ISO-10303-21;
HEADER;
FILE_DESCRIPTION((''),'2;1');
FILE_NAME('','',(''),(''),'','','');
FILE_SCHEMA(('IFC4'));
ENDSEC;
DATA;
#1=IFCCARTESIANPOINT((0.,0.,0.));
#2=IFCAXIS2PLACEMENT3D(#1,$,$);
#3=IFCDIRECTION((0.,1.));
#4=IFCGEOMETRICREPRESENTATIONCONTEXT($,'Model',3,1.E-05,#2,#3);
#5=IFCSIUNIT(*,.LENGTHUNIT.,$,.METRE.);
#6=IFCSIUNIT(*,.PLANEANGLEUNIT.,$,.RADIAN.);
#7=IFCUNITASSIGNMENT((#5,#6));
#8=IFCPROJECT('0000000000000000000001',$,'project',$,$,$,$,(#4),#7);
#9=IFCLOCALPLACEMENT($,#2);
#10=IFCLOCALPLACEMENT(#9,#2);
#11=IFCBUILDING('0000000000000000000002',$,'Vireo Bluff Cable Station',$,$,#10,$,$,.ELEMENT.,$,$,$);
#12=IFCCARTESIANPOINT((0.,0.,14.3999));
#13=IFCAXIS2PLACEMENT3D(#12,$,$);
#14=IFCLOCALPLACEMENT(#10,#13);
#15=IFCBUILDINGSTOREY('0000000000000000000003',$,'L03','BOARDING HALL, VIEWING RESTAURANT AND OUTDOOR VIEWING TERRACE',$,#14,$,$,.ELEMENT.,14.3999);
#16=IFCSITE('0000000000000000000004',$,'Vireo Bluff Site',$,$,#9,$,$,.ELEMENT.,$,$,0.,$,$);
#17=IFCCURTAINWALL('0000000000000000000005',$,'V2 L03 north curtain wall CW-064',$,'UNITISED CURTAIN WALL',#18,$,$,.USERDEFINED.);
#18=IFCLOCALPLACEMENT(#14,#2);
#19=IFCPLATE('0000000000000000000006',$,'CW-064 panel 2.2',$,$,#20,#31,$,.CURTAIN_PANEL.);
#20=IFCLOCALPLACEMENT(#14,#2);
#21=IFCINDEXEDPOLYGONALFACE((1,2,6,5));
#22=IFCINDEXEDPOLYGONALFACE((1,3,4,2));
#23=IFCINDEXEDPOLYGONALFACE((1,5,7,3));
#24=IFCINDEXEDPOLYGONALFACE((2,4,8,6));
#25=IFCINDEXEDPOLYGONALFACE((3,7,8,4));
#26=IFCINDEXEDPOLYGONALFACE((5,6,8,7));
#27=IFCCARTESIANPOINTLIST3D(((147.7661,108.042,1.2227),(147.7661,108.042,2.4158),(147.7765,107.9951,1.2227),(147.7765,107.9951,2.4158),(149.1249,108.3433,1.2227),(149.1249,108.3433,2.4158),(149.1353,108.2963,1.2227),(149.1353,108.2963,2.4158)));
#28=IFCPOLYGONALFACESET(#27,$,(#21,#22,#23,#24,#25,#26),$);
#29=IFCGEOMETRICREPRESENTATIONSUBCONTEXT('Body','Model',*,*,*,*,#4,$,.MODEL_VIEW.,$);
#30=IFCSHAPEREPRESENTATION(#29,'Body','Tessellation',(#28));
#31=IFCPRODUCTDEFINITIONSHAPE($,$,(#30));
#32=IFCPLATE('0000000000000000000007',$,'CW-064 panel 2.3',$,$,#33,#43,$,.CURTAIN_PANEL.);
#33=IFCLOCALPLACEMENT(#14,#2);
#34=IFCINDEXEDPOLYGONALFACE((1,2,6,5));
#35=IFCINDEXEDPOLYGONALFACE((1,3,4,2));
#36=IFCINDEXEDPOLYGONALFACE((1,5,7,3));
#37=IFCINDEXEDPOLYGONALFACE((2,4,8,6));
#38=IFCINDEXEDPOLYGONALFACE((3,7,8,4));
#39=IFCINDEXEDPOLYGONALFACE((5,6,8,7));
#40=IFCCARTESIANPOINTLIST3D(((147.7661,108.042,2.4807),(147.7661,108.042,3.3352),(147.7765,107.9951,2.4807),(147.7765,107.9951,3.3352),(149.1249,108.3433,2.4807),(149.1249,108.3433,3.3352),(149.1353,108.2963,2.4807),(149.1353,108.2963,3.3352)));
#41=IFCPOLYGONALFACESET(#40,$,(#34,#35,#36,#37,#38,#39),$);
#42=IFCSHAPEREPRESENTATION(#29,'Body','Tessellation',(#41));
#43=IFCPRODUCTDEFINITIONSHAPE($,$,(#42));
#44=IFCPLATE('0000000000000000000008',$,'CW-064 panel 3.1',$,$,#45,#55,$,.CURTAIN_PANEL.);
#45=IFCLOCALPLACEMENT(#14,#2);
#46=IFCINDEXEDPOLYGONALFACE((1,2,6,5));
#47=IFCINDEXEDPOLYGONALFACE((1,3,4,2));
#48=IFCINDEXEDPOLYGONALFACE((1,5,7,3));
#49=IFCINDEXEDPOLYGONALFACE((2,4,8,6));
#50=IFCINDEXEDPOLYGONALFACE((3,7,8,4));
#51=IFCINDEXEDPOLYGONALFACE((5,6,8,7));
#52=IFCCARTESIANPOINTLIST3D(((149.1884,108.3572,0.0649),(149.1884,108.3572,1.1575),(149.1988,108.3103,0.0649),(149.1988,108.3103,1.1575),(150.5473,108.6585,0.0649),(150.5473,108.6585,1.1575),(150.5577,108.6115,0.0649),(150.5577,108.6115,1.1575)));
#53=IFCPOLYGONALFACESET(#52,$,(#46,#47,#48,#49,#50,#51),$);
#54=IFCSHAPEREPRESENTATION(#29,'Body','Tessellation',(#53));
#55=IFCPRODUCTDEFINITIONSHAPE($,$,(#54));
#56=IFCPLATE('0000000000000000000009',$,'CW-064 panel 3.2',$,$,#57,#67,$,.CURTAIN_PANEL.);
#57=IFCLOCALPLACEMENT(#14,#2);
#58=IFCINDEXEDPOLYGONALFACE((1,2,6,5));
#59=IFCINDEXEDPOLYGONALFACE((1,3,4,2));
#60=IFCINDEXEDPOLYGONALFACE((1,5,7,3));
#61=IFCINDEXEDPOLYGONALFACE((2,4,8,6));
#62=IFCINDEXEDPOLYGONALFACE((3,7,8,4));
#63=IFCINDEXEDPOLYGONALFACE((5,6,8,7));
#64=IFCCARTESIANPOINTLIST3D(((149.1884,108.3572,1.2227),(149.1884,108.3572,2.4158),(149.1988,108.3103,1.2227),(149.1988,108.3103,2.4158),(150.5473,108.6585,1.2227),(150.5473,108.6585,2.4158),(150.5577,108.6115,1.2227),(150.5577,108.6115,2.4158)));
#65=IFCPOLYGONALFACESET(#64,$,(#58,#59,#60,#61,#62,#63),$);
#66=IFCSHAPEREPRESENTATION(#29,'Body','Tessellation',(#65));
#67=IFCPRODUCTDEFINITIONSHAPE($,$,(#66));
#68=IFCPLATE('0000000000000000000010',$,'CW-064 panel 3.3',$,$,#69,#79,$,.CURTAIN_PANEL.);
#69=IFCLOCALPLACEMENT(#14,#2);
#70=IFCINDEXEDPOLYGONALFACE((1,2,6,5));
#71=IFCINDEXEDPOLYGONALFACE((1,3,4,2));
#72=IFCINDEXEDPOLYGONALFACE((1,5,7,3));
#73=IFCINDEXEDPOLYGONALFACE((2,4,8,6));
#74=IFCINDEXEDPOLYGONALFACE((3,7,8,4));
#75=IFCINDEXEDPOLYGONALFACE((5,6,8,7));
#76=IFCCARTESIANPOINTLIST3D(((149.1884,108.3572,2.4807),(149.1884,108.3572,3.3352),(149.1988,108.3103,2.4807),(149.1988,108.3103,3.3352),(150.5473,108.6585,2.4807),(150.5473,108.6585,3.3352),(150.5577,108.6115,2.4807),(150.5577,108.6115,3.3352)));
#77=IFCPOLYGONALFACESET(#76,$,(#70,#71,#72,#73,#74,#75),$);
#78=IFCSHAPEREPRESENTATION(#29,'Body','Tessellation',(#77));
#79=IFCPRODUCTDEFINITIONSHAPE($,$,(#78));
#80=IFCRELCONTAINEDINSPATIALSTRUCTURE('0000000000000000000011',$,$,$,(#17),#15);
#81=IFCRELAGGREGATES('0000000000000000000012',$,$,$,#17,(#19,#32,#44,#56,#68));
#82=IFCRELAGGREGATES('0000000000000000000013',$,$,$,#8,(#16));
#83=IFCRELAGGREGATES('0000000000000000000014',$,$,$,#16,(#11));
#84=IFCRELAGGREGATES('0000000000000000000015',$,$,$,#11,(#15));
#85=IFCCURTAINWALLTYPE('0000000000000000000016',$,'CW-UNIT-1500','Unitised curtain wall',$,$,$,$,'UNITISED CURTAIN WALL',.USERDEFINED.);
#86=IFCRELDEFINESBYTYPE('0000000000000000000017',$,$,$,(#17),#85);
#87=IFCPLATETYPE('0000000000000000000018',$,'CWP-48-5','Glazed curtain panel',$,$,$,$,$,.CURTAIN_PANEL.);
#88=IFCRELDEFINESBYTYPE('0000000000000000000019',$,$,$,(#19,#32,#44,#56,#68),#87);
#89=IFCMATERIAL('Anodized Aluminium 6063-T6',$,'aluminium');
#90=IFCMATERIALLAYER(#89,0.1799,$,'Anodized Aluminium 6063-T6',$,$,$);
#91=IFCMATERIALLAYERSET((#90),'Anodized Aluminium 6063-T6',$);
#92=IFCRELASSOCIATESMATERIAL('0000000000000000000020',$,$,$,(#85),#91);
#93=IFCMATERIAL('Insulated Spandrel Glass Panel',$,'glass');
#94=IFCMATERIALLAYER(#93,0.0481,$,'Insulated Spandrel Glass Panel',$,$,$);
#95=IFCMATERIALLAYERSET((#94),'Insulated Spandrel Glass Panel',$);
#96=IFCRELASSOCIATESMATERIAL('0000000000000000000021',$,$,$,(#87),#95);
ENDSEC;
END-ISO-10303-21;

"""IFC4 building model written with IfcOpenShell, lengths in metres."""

from ifc_helpers import new_model, si_unit, direction, frame, origin, origin_2d, place, context, subcontext, project, spatial, rectangle, extrude, material, layer, layer_set, type_object, element, aggregate, save


model = new_model("IFC4")

# Units and contexts
model_context = context("Model", 3, precision=1e-05, world=origin(), true_north=direction((0.0, 1.0)))
body_context = subcontext(model_context, "Body", "Model", "MODEL_VIEW")
ifc_project = project(units=[si_unit("LENGTHUNIT", "METRE"), si_unit("PLANEANGLEUNIT", "RADIAN")], contexts=[model_context])

# Site, building, storey
site_placement = place(None, origin())
site = spatial("IfcSite", under=ifc_project, at=site_placement, Name="Vireo Bluff Site", CompositionType="ELEMENT", RefElevation=0.0)
building_placement = place(site_placement, origin())
building = spatial("IfcBuilding", under=site, at=building_placement, Name="Vireo Bluff Cable Station", CompositionType="ELEMENT")
storey_placement = place(building_placement, frame((0.0, 0.0, 14.3999)))
storey = spatial("IfcBuildingStorey", under=building, at=storey_placement, Name="L03", Description="BOARDING HALL, VIEWING RESTAURANT AND OUTDOOR VIEWING TERRACE", CompositionType="ELEMENT", Elevation=14.3999)

# Curtain wall
ifc_material_1 = material(Name="Anodized Aluminium 6063-T6", Category="aluminium")
ifc_layer_1 = layer(ifc_material_1, 0.1799, Name="Anodized Aluminium 6063-T6")
ifc_layer_set_1 = layer_set([ifc_layer_1], Name="Anodized Aluminium 6063-T6")
curtain_wall_type = type_object("IfcCurtainWallType", Name="CW-UNIT-1500", Description="Unitised curtain wall", ElementType="UNITISED CURTAIN WALL", PredefinedType="USERDEFINED", material=ifc_layer_set_1)
curtain_wall_placement = place(storey_placement, origin())
curtain_wall = element("IfcCurtainWall", 1, at=curtain_wall_placement, inside=storey, type_object=curtain_wall_type, Name="V2 L03 north curtain wall CW-064", ObjectType="UNITISED CURTAIN WALL", PredefinedType="USERDEFINED")

# Plates
ifc_material_2 = material(Name="Insulated Spandrel Glass Panel", Category="glass")
ifc_layer_2 = layer(ifc_material_2, 0.0481, Name="Insulated Spandrel Glass Panel")
ifc_layer_set_2 = layer_set([ifc_layer_2], Name="Insulated Spandrel Glass Panel")
plate_type = type_object("IfcPlateType", Name="CWP-48-5", Description="Glazed curtain panel", PredefinedType="CURTAIN_PANEL", material=ifc_layer_set_2)
plate_1_placement = place(storey_placement, frame((148.4507, 108.1692, 1.2227), z_axis=(0.0, 0.0, 1.0), x_axis=(0.976296, 0.21644, 0.0)))
plate_1 = element("IfcPlate", 2, at=plate_1_placement, type_object=plate_type, Name="CW-064 panel 2.2", PredefinedType="CURTAIN_PANEL", context=body_context, shape_type="SweptSolid", body=[
    extrude(rectangle(XDim=1.3918, YDim=0.0481, at=origin_2d()), origin(), (0.0, 0.0, 1.0), 1.1931),
])
plate_2_placement = place(storey_placement, frame((148.4507, 108.1692, 2.4807), z_axis=(0.0, 0.0, 1.0), x_axis=(0.976296, 0.21644, 0.0)))
plate_2 = element("IfcPlate", 3, at=plate_2_placement, type_object=plate_type, Name="CW-064 panel 2.3", PredefinedType="CURTAIN_PANEL", context=body_context, shape_type="SweptSolid", body=[
    extrude(rectangle(XDim=1.3918, YDim=0.0481, at=origin_2d()), origin(), (0.0, 0.0, 1.0), 0.8545),
])
plate_3_placement = place(storey_placement, frame((149.873, 108.4844, 0.0649), z_axis=(0.0, 0.0, 1.0), x_axis=(0.976296, 0.21644, 0.0)))
plate_3 = element("IfcPlate", 4, at=plate_3_placement, type_object=plate_type, Name="CW-064 panel 3.1", PredefinedType="CURTAIN_PANEL", context=body_context, shape_type="SweptSolid", body=[
    extrude(rectangle(XDim=1.3918, YDim=0.0481, at=origin_2d()), origin(), (0.0, 0.0, 1.0), 1.0925),
])
plate_4_placement = place(storey_placement, frame((149.873, 108.4844, 1.2227), z_axis=(0.0, 0.0, 1.0), x_axis=(0.976296, 0.21644, 0.0)))
plate_4 = element("IfcPlate", 5, at=plate_4_placement, type_object=plate_type, Name="CW-064 panel 3.2", PredefinedType="CURTAIN_PANEL", context=body_context, shape_type="SweptSolid", body=[
    extrude(rectangle(XDim=1.3918, YDim=0.0481, at=origin_2d()), origin(), (0.0, 0.0, 1.0), 1.1931),
])
plate_5_placement = place(storey_placement, frame((149.873, 108.4844, 2.4807), z_axis=(0.0, 0.0, 1.0), x_axis=(0.976296, 0.21644, 0.0)))
plate_5 = element("IfcPlate", 6, at=plate_5_placement, type_object=plate_type, Name="CW-064 panel 3.3", PredefinedType="CURTAIN_PANEL", context=body_context, shape_type="SweptSolid", body=[
    extrude(rectangle(XDim=1.3918, YDim=0.0481, at=origin_2d()), origin(), (0.0, 0.0, 1.0), 0.8545),
])
aggregate(curtain_wall, [plate_1, plate_2, plate_3, plate_4, plate_5])

save(model, "model.ifc")
